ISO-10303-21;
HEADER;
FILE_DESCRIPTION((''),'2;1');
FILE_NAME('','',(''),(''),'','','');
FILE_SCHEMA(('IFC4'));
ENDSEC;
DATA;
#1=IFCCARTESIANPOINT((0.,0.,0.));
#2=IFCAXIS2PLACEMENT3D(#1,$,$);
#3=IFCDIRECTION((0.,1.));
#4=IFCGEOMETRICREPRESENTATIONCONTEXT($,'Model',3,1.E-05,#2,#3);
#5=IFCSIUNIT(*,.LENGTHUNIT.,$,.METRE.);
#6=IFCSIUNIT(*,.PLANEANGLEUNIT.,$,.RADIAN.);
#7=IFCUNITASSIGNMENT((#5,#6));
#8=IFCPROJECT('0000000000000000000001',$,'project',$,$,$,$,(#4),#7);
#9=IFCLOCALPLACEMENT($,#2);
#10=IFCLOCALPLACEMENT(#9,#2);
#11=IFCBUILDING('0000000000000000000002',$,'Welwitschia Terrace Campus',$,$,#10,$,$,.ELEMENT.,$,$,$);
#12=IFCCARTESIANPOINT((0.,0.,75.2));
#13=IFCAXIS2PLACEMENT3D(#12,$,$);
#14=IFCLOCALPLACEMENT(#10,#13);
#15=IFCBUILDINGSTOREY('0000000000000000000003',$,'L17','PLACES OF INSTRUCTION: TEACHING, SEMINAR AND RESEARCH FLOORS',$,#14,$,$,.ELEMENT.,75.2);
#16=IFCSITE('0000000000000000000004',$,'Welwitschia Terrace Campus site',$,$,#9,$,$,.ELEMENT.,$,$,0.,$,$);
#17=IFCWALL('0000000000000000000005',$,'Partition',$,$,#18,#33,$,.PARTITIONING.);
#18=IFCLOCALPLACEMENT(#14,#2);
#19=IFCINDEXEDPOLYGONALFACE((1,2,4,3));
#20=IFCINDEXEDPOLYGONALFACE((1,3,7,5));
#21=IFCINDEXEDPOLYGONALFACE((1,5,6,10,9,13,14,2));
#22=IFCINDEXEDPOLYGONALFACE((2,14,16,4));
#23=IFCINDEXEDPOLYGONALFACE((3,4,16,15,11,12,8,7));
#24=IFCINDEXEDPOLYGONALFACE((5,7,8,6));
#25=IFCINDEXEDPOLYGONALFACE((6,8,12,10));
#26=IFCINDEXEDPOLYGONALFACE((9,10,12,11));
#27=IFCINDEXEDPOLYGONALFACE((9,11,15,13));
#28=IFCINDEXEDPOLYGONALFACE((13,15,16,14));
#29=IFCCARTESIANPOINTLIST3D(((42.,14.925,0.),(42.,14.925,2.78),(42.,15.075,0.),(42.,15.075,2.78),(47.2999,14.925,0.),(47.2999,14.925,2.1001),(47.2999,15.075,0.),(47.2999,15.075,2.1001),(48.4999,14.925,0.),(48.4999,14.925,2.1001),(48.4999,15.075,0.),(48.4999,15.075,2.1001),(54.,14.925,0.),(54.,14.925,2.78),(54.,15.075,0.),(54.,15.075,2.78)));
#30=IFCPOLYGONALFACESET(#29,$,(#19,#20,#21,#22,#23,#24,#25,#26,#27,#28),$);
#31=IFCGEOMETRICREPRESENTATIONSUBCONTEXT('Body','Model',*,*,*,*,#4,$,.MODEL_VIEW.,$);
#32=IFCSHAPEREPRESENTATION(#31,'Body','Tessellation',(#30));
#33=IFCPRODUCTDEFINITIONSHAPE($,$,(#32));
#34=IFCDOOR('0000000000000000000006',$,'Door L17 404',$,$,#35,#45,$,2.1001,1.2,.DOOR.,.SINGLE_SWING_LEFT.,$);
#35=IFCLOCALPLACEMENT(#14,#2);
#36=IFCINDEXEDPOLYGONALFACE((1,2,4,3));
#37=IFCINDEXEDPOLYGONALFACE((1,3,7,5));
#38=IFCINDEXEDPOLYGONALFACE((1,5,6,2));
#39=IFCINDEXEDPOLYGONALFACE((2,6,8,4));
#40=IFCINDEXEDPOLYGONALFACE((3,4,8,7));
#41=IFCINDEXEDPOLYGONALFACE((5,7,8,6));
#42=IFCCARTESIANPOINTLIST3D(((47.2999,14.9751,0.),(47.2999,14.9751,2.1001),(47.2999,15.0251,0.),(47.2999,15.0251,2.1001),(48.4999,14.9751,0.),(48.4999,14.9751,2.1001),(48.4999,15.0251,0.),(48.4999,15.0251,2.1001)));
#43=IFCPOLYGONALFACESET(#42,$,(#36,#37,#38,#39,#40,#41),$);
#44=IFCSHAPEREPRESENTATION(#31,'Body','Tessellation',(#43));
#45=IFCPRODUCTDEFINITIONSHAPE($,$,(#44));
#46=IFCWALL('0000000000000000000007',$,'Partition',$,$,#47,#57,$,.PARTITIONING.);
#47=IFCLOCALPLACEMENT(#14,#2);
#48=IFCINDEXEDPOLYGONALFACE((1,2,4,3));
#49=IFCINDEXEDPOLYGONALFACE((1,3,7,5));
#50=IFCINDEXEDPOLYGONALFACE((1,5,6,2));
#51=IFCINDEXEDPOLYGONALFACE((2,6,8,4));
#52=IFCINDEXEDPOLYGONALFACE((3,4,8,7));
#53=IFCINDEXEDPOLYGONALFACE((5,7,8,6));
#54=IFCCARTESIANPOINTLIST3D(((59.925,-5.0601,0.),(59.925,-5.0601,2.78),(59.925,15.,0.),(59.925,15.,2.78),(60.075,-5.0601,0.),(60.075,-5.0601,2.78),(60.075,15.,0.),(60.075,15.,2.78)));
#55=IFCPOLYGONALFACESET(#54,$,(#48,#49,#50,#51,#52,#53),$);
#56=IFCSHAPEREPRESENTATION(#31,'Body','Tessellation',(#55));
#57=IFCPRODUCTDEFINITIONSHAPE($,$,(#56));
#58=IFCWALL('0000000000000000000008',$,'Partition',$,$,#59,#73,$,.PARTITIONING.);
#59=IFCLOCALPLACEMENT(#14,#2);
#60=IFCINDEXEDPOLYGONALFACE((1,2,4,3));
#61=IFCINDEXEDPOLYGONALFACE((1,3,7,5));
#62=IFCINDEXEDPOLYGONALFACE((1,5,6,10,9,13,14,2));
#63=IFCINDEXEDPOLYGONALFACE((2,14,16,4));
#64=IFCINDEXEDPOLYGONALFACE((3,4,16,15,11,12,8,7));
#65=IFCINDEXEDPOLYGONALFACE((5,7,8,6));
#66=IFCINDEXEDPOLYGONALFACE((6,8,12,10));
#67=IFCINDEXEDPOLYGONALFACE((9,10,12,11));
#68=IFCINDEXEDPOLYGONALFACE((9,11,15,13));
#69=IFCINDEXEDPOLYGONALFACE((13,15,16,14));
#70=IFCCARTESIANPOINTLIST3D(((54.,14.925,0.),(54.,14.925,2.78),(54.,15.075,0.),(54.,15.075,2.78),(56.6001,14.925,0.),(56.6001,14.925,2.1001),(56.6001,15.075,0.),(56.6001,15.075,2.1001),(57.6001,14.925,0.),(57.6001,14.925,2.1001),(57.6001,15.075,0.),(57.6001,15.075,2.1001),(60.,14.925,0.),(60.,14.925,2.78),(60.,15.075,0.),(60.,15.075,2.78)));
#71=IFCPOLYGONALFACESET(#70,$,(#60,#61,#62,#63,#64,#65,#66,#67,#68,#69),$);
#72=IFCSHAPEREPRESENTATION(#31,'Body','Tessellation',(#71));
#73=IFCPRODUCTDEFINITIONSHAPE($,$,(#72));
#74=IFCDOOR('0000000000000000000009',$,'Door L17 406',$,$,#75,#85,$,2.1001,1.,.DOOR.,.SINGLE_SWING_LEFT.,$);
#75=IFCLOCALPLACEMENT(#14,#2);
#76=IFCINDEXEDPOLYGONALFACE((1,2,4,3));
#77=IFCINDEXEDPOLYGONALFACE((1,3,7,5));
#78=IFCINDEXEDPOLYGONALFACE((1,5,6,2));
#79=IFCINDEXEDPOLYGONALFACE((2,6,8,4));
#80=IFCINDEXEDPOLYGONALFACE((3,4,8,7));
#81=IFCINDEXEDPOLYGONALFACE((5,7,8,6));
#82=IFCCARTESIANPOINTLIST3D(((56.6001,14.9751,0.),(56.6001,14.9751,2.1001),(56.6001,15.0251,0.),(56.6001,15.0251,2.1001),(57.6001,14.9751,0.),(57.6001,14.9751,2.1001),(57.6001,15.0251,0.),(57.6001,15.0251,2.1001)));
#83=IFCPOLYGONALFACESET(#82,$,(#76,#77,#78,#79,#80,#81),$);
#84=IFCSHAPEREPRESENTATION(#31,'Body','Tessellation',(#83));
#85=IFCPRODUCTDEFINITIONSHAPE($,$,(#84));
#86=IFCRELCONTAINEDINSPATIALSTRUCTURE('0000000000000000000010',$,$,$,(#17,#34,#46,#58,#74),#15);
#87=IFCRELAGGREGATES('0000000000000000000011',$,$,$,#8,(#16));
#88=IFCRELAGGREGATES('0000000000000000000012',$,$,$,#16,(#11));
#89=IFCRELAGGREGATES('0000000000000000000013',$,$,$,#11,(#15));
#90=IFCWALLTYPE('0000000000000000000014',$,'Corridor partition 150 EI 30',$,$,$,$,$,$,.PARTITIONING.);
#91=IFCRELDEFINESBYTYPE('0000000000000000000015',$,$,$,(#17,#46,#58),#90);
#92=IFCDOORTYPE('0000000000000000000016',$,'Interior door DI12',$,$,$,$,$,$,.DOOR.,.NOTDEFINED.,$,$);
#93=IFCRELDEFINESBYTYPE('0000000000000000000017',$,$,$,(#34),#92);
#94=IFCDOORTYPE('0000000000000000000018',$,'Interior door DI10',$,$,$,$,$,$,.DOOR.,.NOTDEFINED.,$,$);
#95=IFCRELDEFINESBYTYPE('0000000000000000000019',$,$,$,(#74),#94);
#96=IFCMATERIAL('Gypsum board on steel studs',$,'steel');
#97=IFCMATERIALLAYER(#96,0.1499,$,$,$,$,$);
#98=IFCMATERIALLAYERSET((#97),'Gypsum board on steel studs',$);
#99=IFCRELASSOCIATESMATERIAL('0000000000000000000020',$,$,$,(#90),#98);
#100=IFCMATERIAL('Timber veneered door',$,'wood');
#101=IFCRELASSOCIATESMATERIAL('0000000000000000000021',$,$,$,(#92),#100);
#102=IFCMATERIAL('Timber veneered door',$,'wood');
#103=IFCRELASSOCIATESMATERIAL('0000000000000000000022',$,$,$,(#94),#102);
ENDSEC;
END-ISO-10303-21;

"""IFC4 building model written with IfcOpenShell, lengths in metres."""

from ifc_helpers import new_model, si_unit, direction, frame, frame_2d, origin, place, context, subcontext, project, spatial, rectangle, extrude, material, layer, layer_set, type_object, element, fill, save


model = new_model("IFC4")

# Units and contexts
model_context = context("Model", 3, precision=1e-05, world=origin(), true_north=direction((0.0, 1.0)))
body_context = subcontext(model_context, "Body", "Model", "MODEL_VIEW")
ifc_project = project(units=[si_unit("LENGTHUNIT", "METRE"), si_unit("PLANEANGLEUNIT", "RADIAN")], contexts=[model_context])

# Site, building, storey
site_placement = place(None, origin())
site = spatial("IfcSite", under=ifc_project, at=site_placement, Name="Welwitschia Terrace Campus site", CompositionType="ELEMENT", RefElevation=0.0)
building_placement = place(site_placement, origin())
building = spatial("IfcBuilding", under=site, at=building_placement, Name="Welwitschia Terrace Campus", CompositionType="ELEMENT")
storey_placement = place(building_placement, frame((0.0, 0.0, 75.2)))
storey = spatial("IfcBuildingStorey", under=building, at=storey_placement, Name="L17", Description="PLACES OF INSTRUCTION: TEACHING, SEMINAR AND RESEARCH FLOORS", CompositionType="ELEMENT", Elevation=75.2)

# Shared definitions
ifc_material_1 = material(Name="Gypsum board on steel studs", Category="steel")
ifc_layer_1 = layer(ifc_material_1, 0.1499)
ifc_layer_set_1 = layer_set([ifc_layer_1], Name="Gypsum board on steel studs")
wall_type = type_object("IfcWallType", Name="Corridor partition 150 EI 30", PredefinedType="PARTITIONING", material=ifc_layer_set_1)

# Wall, opening, door
wall_1_placement = place(storey_placement, frame((54.0, 15.0, 0.0), z_axis=(0.0, 0.0, 1.0), x_axis=(-1.0, 0.0, 0.0)))
wall_1 = element("IfcWall", 1, at=wall_1_placement, inside=storey, type_object=wall_type, Name="Partition", PredefinedType="PARTITIONING", context=body_context, shape_type="SweptSolid", body=[
    extrude(rectangle(XDim=12.0, YDim=0.1499, at=frame_2d((6.0, 0.0))), origin(), (0.0, 0.0, 1.0), 2.78),
])
opening_1_placement = place(wall_1_placement, frame((5.5, 0.0, 0.0)))
opening_1 = element("IfcOpeningElement", 2, at=opening_1_placement, cuts=wall_1, PredefinedType="OPENING", context=body_context, shape_type="SweptSolid", body=[
    extrude(rectangle(XDim=1.2, YDim=2.1001, at=frame_2d((0.6001, 1.05))), frame((0.0, 0.085, 0.0), z_axis=(0.0, -1.0, 0.0), x_axis=(1.0, 0.0, 0.0)), (0.0, 0.0, 1.0), 0.1699),
])
ifc_material_2 = material(Name="Timber veneered door", Category="wood")
door_type_1 = type_object("IfcDoorType", Name="Interior door DI12", OperationType="NOTDEFINED", PredefinedType="DOOR", material=ifc_material_2)
door_1_placement = place(opening_1_placement, origin())
door_1 = element("IfcDoor", 3, at=door_1_placement, inside=storey, type_object=door_type_1, Name="Door L17 404", OperationType="SINGLE_SWING_LEFT", OverallHeight=2.1001, OverallWidth=1.2, PredefinedType="DOOR", context=body_context, shape_type="SweptSolid", body=[
    extrude(rectangle(XDim=1.2, YDim=2.1001, at=frame_2d((0.6001, 1.05))), frame((0.0, 0.0249, 0.0), z_axis=(0.0, -1.0, 0.0), x_axis=(1.0, 0.0, 0.0)), (0.0, 0.0, 1.0), 0.05),
])
fill(opening_1, door_1)

# Wall
wall_2_placement = place(storey_placement, frame((60.0, -5.0601, 0.0), z_axis=(0.0, 0.0, 1.0), x_axis=(0.0, 1.0, 0.0)))
element("IfcWall", 4, at=wall_2_placement, inside=storey, type_object=wall_type, Name="Partition", PredefinedType="PARTITIONING", context=body_context, shape_type="SweptSolid", body=[
    extrude(rectangle(XDim=20.0601, YDim=0.1499, at=frame_2d((10.03, 0.0))), origin(), (0.0, 0.0, 1.0), 2.78),
])

# Wall, opening, door
wall_3_placement = place(storey_placement, frame((60.0, 15.0, 0.0), z_axis=(0.0, 0.0, 1.0), x_axis=(-1.0, 0.0, 0.0)))
wall_3 = element("IfcWall", 5, at=wall_3_placement, inside=storey, type_object=wall_type, Name="Partition", PredefinedType="PARTITIONING", context=body_context, shape_type="SweptSolid", body=[
    extrude(rectangle(XDim=6.0, YDim=0.1499, at=frame_2d((3.0, 0.0))), origin(), (0.0, 0.0, 1.0), 2.78),
])
opening_2_placement = place(wall_3_placement, frame((2.3999, 0.0, 0.0)))
opening_2 = element("IfcOpeningElement", 6, at=opening_2_placement, cuts=wall_3, PredefinedType="OPENING", context=body_context, shape_type="SweptSolid", body=[
    extrude(rectangle(XDim=1.0, YDim=2.1001, at=frame_2d((0.5, 1.05))), frame((0.0, 0.085, 0.0), z_axis=(0.0, -1.0, 0.0), x_axis=(1.0, 0.0, 0.0)), (0.0, 0.0, 1.0), 0.1699),
])
ifc_material_3 = material(Name="Timber veneered door", Category="wood")
door_type_2 = type_object("IfcDoorType", Name="Interior door DI10", OperationType="NOTDEFINED", PredefinedType="DOOR", material=ifc_material_3)
door_2_placement = place(opening_2_placement, origin())
door_2 = element("IfcDoor", 7, at=door_2_placement, inside=storey, type_object=door_type_2, Name="Door L17 406", OperationType="SINGLE_SWING_LEFT", OverallHeight=2.1001, OverallWidth=1.0, PredefinedType="DOOR", context=body_context, shape_type="SweptSolid", body=[
    extrude(rectangle(XDim=1.0, YDim=2.1001, at=frame_2d((0.5, 1.05))), frame((0.0, 0.0249, 0.0), z_axis=(0.0, -1.0, 0.0), x_axis=(1.0, 0.0, 0.0)), (0.0, 0.0, 1.0), 0.05),
])
fill(opening_2, door_2)

save(model, "model.ifc")
